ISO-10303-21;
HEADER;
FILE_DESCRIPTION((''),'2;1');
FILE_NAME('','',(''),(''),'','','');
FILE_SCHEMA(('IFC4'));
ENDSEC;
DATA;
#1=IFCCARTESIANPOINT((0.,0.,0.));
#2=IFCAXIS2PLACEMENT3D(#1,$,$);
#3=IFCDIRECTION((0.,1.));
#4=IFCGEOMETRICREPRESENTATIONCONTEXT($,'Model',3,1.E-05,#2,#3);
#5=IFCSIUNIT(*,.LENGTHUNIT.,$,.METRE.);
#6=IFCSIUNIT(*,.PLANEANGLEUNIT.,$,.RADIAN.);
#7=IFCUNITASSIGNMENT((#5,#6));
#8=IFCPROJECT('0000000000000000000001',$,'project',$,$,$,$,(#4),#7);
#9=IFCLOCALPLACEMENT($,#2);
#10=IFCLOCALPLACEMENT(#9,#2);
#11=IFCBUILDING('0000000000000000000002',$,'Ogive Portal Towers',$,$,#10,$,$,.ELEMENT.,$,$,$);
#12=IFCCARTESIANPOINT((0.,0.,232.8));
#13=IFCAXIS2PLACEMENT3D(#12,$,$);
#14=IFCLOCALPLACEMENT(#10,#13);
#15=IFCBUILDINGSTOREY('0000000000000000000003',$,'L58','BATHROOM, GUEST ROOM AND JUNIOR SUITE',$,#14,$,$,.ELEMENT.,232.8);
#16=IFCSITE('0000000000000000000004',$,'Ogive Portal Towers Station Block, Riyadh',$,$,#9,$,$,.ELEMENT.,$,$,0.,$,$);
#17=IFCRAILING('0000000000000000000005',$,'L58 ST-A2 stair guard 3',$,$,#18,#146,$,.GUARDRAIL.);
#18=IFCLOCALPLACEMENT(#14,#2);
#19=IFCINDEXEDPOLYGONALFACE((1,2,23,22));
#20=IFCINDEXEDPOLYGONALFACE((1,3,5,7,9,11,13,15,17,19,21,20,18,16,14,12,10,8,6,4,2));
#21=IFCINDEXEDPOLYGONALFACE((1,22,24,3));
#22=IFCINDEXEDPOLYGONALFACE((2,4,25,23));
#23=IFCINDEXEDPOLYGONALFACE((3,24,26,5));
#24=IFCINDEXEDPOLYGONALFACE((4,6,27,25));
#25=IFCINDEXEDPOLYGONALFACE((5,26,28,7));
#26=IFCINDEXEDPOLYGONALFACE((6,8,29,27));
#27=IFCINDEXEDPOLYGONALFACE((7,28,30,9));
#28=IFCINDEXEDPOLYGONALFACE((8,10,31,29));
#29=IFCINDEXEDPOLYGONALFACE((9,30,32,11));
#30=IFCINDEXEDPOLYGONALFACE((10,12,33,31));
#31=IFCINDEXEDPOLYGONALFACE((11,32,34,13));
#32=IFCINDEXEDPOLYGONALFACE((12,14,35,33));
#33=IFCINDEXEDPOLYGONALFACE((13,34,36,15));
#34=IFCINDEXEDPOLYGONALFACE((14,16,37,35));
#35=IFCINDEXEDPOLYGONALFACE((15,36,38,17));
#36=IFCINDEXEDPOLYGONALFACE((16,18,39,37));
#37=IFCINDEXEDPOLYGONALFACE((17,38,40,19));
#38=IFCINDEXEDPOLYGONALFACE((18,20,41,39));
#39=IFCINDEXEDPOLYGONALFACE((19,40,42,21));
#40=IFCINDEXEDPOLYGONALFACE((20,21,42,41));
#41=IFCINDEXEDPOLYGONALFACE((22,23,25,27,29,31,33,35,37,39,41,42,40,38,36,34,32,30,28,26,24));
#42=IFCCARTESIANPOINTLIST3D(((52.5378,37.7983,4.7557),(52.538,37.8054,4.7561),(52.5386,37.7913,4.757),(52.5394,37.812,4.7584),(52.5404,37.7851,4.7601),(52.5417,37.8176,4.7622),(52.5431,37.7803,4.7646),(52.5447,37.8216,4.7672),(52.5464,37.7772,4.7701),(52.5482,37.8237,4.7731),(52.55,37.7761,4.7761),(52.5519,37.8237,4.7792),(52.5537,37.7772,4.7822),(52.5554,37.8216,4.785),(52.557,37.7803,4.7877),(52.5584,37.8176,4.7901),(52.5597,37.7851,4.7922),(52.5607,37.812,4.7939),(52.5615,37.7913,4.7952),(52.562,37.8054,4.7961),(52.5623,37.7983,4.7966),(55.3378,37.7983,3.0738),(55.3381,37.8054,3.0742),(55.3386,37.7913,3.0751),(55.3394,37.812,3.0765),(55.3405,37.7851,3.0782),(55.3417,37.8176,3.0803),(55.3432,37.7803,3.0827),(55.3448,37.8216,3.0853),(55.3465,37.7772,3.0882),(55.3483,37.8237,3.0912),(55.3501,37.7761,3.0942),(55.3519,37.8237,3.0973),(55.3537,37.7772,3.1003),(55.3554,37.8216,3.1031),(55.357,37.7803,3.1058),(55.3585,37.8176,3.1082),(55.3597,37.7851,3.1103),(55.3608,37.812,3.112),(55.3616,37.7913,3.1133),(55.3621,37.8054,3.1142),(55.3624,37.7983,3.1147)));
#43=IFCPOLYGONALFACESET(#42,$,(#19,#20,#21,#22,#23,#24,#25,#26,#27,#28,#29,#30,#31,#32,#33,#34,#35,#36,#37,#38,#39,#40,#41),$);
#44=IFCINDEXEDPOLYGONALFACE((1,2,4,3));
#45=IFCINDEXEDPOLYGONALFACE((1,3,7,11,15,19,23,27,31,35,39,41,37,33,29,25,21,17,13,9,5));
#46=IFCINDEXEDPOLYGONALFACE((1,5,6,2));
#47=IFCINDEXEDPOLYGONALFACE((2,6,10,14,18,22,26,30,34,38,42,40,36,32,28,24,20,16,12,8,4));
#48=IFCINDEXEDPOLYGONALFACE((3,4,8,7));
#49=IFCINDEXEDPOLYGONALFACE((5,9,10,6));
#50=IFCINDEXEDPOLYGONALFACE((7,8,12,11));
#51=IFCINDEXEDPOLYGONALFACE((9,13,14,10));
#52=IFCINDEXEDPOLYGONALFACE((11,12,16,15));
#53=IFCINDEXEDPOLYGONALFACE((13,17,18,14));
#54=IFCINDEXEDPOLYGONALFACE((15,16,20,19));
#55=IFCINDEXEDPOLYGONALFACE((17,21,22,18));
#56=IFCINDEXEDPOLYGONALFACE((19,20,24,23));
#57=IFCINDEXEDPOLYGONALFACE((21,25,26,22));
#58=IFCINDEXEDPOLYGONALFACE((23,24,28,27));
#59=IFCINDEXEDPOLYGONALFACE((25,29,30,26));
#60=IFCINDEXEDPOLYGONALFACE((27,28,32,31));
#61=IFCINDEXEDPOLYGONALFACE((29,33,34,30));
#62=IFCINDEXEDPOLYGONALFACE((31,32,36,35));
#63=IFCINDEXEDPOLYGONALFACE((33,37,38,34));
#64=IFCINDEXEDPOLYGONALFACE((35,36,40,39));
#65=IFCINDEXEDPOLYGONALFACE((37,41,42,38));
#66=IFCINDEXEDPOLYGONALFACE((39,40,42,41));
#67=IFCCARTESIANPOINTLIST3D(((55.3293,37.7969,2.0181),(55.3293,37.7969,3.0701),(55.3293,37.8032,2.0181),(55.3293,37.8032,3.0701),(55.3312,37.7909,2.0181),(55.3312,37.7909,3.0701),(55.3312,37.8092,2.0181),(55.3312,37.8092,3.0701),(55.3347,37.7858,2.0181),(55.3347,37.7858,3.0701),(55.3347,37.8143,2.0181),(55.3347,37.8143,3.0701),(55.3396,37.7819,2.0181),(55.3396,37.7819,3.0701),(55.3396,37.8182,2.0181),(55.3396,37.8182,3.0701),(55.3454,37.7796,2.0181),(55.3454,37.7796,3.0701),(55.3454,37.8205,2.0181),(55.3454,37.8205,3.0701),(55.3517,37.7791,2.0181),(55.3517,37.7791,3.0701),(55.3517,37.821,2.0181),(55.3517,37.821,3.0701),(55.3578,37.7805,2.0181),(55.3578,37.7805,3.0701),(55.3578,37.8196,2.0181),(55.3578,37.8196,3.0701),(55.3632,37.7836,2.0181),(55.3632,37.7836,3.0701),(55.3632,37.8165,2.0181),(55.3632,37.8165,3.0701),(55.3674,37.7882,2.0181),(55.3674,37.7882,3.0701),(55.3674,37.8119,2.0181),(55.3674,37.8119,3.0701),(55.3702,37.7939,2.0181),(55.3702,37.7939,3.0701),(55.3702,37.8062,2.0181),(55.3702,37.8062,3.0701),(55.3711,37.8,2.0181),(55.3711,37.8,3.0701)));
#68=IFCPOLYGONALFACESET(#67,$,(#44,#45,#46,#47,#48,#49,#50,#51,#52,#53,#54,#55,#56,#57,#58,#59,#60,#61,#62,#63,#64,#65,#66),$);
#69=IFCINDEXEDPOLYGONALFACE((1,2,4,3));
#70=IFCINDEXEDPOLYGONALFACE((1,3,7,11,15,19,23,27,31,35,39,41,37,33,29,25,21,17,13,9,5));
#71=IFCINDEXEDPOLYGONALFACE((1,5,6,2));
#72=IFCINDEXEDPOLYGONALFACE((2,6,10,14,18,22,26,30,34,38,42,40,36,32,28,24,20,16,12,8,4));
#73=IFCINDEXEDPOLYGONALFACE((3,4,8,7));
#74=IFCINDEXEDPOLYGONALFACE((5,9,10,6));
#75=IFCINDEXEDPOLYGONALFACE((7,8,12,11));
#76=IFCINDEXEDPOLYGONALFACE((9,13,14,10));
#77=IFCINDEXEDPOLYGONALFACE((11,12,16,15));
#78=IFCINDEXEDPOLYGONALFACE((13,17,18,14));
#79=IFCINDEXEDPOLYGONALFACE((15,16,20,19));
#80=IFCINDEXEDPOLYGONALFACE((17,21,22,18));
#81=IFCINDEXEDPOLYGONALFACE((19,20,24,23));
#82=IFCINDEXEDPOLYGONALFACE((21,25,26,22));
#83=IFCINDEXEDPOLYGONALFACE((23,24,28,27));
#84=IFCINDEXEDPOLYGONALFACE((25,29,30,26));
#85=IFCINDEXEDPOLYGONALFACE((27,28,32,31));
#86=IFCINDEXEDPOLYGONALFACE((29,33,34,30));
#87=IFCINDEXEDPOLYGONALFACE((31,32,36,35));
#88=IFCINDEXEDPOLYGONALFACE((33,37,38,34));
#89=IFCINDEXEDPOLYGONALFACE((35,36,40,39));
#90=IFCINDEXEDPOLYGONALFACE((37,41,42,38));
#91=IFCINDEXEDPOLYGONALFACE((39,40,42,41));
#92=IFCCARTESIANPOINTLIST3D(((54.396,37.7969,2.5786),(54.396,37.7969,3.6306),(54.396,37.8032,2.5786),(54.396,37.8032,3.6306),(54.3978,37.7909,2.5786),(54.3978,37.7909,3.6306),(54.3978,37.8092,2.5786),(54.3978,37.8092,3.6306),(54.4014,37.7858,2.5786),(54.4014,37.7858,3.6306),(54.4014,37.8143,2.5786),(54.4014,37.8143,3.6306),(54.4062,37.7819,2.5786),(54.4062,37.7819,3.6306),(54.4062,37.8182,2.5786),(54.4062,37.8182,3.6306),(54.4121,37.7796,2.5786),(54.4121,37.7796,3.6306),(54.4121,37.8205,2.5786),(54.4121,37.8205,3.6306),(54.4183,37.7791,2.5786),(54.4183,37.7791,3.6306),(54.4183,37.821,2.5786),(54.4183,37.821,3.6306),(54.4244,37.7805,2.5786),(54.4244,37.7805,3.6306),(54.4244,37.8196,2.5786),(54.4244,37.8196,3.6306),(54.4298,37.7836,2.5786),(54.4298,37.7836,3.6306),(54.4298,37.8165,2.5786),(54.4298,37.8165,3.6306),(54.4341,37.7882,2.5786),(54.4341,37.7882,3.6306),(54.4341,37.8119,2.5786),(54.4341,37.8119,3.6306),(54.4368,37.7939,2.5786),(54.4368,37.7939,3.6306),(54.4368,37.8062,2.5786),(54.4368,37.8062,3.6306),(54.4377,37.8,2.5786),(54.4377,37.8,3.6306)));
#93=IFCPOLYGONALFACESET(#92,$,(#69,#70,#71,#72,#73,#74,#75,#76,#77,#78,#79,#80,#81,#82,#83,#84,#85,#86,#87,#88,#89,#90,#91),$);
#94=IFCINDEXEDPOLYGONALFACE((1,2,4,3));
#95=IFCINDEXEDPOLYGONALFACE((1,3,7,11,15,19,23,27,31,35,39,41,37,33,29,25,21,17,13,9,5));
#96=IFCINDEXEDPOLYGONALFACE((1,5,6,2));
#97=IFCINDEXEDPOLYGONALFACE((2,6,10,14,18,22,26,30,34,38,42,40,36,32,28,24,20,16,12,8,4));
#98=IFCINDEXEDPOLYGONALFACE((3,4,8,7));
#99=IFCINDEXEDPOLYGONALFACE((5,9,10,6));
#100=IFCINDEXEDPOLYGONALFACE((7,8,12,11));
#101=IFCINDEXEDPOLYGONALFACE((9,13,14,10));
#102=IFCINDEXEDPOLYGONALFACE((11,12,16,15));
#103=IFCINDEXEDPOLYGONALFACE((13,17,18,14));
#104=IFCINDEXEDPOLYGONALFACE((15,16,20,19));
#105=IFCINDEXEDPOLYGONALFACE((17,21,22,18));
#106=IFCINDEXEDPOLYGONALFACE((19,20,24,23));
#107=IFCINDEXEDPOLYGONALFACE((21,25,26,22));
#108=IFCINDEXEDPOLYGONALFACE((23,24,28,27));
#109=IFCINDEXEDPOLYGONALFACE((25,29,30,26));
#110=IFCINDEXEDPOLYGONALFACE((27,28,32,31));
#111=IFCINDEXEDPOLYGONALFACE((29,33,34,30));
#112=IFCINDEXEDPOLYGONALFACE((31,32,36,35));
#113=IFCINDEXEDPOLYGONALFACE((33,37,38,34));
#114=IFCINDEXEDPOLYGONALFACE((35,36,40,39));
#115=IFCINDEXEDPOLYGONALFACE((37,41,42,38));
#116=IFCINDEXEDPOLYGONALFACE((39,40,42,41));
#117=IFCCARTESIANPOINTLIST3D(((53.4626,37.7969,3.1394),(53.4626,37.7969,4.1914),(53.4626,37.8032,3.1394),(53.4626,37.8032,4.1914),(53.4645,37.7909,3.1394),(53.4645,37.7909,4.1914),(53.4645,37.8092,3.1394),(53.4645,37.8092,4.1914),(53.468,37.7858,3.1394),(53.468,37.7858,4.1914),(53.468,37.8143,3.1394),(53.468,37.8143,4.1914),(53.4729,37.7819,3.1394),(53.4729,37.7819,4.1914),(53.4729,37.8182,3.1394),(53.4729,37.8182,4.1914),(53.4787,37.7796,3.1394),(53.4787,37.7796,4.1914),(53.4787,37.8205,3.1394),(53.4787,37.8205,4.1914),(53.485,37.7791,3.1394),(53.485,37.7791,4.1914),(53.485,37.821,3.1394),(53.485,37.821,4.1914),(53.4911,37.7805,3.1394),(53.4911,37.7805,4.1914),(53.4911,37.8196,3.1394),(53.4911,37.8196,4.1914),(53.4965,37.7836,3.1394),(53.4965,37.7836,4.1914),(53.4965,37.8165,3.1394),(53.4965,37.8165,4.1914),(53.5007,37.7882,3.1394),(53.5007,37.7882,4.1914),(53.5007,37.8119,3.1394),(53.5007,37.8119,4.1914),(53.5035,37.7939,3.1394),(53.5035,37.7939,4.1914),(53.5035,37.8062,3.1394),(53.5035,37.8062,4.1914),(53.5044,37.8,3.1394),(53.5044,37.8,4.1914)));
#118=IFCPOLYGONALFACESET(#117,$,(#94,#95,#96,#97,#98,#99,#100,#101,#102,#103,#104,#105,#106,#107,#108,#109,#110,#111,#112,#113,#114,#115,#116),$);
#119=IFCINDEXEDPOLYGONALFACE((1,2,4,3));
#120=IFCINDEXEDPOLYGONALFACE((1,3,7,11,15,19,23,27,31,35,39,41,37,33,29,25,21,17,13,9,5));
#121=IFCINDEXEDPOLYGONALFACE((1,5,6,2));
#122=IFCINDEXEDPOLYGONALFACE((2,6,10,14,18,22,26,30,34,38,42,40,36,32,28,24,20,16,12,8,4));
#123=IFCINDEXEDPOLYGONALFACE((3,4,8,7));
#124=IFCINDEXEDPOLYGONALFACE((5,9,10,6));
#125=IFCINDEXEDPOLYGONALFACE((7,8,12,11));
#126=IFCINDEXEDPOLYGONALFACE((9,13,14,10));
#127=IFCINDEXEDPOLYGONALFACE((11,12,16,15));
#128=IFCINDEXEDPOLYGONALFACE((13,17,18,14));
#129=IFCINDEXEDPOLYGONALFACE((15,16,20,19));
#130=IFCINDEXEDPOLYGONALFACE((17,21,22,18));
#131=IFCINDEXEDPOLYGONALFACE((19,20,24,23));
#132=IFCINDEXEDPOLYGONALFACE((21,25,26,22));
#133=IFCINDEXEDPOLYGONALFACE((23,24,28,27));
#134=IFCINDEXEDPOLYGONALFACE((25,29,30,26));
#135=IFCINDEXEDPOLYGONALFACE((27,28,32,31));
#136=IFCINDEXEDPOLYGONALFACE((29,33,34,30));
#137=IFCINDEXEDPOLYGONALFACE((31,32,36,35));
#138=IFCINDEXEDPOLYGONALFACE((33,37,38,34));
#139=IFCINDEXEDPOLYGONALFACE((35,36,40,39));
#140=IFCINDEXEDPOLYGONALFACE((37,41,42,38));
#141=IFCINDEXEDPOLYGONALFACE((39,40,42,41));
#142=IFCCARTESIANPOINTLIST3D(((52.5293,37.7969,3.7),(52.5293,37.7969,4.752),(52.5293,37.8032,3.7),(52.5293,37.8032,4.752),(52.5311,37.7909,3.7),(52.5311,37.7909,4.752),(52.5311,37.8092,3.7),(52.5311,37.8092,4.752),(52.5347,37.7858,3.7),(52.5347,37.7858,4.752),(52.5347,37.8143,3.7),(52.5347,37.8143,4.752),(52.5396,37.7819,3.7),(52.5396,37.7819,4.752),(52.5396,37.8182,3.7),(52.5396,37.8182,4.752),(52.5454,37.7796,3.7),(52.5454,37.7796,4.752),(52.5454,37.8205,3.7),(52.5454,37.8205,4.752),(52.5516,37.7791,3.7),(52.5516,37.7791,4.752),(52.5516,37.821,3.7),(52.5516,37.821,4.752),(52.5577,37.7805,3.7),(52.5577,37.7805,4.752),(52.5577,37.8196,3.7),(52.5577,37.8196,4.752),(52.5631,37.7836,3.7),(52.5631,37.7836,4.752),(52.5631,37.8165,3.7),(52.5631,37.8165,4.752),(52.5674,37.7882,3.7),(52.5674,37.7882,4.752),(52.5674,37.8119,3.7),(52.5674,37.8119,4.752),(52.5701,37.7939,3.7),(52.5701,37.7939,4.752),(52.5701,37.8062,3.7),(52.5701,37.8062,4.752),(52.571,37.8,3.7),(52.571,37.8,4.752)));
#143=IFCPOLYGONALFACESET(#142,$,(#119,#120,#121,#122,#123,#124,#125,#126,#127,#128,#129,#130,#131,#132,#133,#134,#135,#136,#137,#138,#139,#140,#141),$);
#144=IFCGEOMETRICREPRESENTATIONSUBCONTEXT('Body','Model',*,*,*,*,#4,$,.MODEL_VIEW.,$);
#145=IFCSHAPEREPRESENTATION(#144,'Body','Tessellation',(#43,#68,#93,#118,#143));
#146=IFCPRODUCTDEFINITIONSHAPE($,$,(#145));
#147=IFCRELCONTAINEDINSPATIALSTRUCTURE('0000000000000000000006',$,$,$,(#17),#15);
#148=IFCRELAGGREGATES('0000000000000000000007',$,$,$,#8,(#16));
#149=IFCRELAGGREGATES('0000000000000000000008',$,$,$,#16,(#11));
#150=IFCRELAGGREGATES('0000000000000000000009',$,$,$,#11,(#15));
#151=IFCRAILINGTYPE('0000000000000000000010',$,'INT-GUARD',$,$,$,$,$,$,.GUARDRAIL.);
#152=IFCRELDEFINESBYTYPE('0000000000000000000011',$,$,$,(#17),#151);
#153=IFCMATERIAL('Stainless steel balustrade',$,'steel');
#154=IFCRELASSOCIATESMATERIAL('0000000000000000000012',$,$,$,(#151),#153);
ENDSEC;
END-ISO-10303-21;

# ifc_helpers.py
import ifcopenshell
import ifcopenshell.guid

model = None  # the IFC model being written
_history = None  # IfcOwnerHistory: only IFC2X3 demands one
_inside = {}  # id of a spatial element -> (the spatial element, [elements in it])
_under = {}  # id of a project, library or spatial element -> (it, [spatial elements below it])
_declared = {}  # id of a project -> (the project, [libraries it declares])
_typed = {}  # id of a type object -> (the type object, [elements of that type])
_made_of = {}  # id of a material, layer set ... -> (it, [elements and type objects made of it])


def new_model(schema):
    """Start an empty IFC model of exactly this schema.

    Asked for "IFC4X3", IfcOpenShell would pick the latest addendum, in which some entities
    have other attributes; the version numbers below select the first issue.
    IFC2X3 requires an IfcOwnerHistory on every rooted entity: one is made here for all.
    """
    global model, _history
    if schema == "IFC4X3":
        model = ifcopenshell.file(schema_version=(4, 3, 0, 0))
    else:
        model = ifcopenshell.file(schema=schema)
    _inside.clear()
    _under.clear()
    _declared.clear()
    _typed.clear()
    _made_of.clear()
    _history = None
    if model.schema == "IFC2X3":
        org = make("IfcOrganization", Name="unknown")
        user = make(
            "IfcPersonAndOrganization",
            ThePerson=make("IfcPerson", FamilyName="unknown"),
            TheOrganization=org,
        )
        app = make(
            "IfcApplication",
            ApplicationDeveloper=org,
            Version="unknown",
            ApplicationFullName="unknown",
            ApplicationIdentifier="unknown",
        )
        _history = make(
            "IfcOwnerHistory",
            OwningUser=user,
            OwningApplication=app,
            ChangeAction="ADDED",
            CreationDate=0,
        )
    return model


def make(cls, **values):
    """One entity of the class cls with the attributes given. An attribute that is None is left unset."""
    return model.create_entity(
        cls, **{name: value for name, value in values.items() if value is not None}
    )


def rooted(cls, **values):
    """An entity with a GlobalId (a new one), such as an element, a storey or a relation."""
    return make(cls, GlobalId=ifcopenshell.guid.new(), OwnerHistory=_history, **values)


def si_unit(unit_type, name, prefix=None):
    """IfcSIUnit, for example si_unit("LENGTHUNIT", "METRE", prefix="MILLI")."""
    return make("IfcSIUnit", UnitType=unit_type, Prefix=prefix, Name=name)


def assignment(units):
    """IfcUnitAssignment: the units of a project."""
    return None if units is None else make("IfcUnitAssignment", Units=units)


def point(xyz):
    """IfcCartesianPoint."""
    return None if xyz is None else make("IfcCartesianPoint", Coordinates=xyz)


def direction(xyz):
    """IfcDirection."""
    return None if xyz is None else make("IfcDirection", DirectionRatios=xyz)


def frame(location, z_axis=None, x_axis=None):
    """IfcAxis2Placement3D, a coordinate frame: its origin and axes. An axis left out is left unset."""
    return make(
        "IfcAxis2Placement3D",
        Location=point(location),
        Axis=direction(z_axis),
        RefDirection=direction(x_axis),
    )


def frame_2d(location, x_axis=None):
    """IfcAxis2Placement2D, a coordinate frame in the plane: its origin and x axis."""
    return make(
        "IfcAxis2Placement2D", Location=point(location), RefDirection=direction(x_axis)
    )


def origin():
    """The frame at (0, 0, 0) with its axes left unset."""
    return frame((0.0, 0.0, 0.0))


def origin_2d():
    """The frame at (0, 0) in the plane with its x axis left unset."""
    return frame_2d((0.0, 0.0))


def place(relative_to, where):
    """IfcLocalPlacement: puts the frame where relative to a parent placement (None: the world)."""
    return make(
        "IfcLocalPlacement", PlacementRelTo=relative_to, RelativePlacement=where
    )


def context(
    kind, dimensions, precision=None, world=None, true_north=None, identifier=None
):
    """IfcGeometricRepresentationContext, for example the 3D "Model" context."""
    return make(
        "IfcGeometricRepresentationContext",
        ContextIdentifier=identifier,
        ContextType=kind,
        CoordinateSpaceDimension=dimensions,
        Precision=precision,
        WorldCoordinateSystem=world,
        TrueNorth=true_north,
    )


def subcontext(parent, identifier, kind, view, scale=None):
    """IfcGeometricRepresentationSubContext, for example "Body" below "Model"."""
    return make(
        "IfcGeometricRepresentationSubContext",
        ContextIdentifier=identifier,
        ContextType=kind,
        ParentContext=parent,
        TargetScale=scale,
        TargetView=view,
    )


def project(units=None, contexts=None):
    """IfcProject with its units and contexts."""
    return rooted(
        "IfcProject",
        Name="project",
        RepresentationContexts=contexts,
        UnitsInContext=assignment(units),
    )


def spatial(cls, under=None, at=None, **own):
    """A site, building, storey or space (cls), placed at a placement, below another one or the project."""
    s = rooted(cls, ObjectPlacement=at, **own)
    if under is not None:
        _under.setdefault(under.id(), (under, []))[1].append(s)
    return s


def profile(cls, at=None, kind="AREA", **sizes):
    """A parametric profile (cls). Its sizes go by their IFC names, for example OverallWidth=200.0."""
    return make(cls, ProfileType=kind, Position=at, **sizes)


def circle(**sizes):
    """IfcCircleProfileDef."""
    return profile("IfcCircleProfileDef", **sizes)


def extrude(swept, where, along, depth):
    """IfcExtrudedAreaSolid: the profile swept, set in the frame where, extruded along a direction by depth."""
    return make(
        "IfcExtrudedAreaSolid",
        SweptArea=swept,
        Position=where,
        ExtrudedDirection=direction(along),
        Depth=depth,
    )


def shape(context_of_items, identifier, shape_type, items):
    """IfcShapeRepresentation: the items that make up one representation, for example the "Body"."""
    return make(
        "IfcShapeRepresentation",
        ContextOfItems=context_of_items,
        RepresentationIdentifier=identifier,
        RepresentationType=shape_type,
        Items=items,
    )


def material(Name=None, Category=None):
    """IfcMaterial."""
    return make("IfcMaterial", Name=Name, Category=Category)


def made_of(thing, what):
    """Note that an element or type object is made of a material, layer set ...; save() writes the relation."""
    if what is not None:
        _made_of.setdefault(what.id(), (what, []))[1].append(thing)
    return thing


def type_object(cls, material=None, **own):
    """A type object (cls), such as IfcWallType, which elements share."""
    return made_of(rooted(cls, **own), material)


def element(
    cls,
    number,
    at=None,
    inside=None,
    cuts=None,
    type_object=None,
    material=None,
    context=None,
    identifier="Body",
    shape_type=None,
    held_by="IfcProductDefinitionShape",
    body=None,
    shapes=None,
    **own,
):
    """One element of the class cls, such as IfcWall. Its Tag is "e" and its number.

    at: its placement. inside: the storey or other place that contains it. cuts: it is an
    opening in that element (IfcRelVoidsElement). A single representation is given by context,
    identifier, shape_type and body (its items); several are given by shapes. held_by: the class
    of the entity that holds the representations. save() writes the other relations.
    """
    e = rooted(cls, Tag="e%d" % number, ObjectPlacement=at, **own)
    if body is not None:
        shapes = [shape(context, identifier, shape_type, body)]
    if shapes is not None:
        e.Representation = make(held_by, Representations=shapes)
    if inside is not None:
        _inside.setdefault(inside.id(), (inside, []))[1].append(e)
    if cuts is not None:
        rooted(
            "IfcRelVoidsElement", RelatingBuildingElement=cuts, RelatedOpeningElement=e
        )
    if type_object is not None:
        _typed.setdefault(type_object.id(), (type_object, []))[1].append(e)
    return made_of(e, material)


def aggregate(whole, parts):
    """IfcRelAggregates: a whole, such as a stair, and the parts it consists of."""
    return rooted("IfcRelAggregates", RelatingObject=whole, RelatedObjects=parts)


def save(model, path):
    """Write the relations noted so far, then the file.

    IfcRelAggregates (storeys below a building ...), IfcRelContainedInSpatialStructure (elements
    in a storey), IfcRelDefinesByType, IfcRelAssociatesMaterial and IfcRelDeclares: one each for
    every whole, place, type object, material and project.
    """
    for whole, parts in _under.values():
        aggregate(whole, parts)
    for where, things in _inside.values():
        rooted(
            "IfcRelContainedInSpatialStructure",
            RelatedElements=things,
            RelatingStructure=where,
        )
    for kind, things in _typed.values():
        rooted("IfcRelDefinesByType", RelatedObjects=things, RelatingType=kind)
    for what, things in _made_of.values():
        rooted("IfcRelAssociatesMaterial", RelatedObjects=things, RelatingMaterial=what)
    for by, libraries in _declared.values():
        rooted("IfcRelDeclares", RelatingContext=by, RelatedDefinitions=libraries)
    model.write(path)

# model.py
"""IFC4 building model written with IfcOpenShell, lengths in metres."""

from ifc_helpers import new_model, si_unit, direction, frame, origin, origin_2d, place, context, subcontext, project, spatial, circle, extrude, material, type_object, element, save


model = new_model("IFC4")

# Units and contexts
model_context = context("Model", 3, precision=1e-05, world=origin(), true_north=direction((0.0, 1.0)))
body_context = subcontext(model_context, "Body", "Model", "MODEL_VIEW")
ifc_project = project(units=[si_unit("LENGTHUNIT", "METRE"), si_unit("PLANEANGLEUNIT", "RADIAN")], contexts=[model_context])

# Site, building, storey
site_placement = place(None, origin())
site = spatial("IfcSite", under=ifc_project, at=site_placement, Name="Ogive Portal Towers Station Block, Riyadh", CompositionType="ELEMENT", RefElevation=0.0)
building_placement = place(site_placement, origin())
building = spatial("IfcBuilding", under=site, at=building_placement, Name="Ogive Portal Towers", CompositionType="ELEMENT")
storey_placement = place(building_placement, frame((0.0, 0.0, 232.8)))
storey = spatial("IfcBuildingStorey", under=building, at=storey_placement, Name="L58", Description="BATHROOM, GUEST ROOM AND JUNIOR SUITE", CompositionType="ELEMENT", Elevation=232.8)

# Railing
ifc_material_1 = material(Name="Stainless steel balustrade", Category="steel")
railing_type_1 = type_object("IfcRailingType", Name="INT-GUARD", PredefinedType="GUARDRAIL", material=ifc_material_1)
railing_1_placement = place(storey_placement, frame((55.3501, 37.8, 2.0181)))
element("IfcRailing", 1, at=railing_1_placement, inside=storey, type_object=railing_type_1, Name="L58 ST-A2 stair guard 3", PredefinedType="GUARDRAIL", context=body_context, shape_type="SweptSolid", body=[
    extrude(circle(Radius=0.0239, at=origin_2d()), frame((0.0, 0.0, 1.0762), z_axis=(-0.857242, 0.0, 0.514913), x_axis=(0.0, -1.0, 0.0)), (0.0, 0.0, 1.0), 3.2664),
    extrude(circle(Radius=0.021, at=origin_2d()), origin(), (0.0, 0.0, 1.0), 1.052),
    extrude(circle(Radius=0.021, at=origin_2d()), frame((-0.9333, 0.0, 0.5605)), (0.0, 0.0, 1.0), 1.052),
    extrude(circle(Radius=0.021, at=origin_2d()), frame((-1.8667, 0.0, 1.1213)), (0.0, 0.0, 1.0), 1.052),
    extrude(circle(Radius=0.021, at=origin_2d()), frame((-2.8, 0.0, 1.6819)), (0.0, 0.0, 1.0), 1.052),
])

save(model, "model.ifc")
